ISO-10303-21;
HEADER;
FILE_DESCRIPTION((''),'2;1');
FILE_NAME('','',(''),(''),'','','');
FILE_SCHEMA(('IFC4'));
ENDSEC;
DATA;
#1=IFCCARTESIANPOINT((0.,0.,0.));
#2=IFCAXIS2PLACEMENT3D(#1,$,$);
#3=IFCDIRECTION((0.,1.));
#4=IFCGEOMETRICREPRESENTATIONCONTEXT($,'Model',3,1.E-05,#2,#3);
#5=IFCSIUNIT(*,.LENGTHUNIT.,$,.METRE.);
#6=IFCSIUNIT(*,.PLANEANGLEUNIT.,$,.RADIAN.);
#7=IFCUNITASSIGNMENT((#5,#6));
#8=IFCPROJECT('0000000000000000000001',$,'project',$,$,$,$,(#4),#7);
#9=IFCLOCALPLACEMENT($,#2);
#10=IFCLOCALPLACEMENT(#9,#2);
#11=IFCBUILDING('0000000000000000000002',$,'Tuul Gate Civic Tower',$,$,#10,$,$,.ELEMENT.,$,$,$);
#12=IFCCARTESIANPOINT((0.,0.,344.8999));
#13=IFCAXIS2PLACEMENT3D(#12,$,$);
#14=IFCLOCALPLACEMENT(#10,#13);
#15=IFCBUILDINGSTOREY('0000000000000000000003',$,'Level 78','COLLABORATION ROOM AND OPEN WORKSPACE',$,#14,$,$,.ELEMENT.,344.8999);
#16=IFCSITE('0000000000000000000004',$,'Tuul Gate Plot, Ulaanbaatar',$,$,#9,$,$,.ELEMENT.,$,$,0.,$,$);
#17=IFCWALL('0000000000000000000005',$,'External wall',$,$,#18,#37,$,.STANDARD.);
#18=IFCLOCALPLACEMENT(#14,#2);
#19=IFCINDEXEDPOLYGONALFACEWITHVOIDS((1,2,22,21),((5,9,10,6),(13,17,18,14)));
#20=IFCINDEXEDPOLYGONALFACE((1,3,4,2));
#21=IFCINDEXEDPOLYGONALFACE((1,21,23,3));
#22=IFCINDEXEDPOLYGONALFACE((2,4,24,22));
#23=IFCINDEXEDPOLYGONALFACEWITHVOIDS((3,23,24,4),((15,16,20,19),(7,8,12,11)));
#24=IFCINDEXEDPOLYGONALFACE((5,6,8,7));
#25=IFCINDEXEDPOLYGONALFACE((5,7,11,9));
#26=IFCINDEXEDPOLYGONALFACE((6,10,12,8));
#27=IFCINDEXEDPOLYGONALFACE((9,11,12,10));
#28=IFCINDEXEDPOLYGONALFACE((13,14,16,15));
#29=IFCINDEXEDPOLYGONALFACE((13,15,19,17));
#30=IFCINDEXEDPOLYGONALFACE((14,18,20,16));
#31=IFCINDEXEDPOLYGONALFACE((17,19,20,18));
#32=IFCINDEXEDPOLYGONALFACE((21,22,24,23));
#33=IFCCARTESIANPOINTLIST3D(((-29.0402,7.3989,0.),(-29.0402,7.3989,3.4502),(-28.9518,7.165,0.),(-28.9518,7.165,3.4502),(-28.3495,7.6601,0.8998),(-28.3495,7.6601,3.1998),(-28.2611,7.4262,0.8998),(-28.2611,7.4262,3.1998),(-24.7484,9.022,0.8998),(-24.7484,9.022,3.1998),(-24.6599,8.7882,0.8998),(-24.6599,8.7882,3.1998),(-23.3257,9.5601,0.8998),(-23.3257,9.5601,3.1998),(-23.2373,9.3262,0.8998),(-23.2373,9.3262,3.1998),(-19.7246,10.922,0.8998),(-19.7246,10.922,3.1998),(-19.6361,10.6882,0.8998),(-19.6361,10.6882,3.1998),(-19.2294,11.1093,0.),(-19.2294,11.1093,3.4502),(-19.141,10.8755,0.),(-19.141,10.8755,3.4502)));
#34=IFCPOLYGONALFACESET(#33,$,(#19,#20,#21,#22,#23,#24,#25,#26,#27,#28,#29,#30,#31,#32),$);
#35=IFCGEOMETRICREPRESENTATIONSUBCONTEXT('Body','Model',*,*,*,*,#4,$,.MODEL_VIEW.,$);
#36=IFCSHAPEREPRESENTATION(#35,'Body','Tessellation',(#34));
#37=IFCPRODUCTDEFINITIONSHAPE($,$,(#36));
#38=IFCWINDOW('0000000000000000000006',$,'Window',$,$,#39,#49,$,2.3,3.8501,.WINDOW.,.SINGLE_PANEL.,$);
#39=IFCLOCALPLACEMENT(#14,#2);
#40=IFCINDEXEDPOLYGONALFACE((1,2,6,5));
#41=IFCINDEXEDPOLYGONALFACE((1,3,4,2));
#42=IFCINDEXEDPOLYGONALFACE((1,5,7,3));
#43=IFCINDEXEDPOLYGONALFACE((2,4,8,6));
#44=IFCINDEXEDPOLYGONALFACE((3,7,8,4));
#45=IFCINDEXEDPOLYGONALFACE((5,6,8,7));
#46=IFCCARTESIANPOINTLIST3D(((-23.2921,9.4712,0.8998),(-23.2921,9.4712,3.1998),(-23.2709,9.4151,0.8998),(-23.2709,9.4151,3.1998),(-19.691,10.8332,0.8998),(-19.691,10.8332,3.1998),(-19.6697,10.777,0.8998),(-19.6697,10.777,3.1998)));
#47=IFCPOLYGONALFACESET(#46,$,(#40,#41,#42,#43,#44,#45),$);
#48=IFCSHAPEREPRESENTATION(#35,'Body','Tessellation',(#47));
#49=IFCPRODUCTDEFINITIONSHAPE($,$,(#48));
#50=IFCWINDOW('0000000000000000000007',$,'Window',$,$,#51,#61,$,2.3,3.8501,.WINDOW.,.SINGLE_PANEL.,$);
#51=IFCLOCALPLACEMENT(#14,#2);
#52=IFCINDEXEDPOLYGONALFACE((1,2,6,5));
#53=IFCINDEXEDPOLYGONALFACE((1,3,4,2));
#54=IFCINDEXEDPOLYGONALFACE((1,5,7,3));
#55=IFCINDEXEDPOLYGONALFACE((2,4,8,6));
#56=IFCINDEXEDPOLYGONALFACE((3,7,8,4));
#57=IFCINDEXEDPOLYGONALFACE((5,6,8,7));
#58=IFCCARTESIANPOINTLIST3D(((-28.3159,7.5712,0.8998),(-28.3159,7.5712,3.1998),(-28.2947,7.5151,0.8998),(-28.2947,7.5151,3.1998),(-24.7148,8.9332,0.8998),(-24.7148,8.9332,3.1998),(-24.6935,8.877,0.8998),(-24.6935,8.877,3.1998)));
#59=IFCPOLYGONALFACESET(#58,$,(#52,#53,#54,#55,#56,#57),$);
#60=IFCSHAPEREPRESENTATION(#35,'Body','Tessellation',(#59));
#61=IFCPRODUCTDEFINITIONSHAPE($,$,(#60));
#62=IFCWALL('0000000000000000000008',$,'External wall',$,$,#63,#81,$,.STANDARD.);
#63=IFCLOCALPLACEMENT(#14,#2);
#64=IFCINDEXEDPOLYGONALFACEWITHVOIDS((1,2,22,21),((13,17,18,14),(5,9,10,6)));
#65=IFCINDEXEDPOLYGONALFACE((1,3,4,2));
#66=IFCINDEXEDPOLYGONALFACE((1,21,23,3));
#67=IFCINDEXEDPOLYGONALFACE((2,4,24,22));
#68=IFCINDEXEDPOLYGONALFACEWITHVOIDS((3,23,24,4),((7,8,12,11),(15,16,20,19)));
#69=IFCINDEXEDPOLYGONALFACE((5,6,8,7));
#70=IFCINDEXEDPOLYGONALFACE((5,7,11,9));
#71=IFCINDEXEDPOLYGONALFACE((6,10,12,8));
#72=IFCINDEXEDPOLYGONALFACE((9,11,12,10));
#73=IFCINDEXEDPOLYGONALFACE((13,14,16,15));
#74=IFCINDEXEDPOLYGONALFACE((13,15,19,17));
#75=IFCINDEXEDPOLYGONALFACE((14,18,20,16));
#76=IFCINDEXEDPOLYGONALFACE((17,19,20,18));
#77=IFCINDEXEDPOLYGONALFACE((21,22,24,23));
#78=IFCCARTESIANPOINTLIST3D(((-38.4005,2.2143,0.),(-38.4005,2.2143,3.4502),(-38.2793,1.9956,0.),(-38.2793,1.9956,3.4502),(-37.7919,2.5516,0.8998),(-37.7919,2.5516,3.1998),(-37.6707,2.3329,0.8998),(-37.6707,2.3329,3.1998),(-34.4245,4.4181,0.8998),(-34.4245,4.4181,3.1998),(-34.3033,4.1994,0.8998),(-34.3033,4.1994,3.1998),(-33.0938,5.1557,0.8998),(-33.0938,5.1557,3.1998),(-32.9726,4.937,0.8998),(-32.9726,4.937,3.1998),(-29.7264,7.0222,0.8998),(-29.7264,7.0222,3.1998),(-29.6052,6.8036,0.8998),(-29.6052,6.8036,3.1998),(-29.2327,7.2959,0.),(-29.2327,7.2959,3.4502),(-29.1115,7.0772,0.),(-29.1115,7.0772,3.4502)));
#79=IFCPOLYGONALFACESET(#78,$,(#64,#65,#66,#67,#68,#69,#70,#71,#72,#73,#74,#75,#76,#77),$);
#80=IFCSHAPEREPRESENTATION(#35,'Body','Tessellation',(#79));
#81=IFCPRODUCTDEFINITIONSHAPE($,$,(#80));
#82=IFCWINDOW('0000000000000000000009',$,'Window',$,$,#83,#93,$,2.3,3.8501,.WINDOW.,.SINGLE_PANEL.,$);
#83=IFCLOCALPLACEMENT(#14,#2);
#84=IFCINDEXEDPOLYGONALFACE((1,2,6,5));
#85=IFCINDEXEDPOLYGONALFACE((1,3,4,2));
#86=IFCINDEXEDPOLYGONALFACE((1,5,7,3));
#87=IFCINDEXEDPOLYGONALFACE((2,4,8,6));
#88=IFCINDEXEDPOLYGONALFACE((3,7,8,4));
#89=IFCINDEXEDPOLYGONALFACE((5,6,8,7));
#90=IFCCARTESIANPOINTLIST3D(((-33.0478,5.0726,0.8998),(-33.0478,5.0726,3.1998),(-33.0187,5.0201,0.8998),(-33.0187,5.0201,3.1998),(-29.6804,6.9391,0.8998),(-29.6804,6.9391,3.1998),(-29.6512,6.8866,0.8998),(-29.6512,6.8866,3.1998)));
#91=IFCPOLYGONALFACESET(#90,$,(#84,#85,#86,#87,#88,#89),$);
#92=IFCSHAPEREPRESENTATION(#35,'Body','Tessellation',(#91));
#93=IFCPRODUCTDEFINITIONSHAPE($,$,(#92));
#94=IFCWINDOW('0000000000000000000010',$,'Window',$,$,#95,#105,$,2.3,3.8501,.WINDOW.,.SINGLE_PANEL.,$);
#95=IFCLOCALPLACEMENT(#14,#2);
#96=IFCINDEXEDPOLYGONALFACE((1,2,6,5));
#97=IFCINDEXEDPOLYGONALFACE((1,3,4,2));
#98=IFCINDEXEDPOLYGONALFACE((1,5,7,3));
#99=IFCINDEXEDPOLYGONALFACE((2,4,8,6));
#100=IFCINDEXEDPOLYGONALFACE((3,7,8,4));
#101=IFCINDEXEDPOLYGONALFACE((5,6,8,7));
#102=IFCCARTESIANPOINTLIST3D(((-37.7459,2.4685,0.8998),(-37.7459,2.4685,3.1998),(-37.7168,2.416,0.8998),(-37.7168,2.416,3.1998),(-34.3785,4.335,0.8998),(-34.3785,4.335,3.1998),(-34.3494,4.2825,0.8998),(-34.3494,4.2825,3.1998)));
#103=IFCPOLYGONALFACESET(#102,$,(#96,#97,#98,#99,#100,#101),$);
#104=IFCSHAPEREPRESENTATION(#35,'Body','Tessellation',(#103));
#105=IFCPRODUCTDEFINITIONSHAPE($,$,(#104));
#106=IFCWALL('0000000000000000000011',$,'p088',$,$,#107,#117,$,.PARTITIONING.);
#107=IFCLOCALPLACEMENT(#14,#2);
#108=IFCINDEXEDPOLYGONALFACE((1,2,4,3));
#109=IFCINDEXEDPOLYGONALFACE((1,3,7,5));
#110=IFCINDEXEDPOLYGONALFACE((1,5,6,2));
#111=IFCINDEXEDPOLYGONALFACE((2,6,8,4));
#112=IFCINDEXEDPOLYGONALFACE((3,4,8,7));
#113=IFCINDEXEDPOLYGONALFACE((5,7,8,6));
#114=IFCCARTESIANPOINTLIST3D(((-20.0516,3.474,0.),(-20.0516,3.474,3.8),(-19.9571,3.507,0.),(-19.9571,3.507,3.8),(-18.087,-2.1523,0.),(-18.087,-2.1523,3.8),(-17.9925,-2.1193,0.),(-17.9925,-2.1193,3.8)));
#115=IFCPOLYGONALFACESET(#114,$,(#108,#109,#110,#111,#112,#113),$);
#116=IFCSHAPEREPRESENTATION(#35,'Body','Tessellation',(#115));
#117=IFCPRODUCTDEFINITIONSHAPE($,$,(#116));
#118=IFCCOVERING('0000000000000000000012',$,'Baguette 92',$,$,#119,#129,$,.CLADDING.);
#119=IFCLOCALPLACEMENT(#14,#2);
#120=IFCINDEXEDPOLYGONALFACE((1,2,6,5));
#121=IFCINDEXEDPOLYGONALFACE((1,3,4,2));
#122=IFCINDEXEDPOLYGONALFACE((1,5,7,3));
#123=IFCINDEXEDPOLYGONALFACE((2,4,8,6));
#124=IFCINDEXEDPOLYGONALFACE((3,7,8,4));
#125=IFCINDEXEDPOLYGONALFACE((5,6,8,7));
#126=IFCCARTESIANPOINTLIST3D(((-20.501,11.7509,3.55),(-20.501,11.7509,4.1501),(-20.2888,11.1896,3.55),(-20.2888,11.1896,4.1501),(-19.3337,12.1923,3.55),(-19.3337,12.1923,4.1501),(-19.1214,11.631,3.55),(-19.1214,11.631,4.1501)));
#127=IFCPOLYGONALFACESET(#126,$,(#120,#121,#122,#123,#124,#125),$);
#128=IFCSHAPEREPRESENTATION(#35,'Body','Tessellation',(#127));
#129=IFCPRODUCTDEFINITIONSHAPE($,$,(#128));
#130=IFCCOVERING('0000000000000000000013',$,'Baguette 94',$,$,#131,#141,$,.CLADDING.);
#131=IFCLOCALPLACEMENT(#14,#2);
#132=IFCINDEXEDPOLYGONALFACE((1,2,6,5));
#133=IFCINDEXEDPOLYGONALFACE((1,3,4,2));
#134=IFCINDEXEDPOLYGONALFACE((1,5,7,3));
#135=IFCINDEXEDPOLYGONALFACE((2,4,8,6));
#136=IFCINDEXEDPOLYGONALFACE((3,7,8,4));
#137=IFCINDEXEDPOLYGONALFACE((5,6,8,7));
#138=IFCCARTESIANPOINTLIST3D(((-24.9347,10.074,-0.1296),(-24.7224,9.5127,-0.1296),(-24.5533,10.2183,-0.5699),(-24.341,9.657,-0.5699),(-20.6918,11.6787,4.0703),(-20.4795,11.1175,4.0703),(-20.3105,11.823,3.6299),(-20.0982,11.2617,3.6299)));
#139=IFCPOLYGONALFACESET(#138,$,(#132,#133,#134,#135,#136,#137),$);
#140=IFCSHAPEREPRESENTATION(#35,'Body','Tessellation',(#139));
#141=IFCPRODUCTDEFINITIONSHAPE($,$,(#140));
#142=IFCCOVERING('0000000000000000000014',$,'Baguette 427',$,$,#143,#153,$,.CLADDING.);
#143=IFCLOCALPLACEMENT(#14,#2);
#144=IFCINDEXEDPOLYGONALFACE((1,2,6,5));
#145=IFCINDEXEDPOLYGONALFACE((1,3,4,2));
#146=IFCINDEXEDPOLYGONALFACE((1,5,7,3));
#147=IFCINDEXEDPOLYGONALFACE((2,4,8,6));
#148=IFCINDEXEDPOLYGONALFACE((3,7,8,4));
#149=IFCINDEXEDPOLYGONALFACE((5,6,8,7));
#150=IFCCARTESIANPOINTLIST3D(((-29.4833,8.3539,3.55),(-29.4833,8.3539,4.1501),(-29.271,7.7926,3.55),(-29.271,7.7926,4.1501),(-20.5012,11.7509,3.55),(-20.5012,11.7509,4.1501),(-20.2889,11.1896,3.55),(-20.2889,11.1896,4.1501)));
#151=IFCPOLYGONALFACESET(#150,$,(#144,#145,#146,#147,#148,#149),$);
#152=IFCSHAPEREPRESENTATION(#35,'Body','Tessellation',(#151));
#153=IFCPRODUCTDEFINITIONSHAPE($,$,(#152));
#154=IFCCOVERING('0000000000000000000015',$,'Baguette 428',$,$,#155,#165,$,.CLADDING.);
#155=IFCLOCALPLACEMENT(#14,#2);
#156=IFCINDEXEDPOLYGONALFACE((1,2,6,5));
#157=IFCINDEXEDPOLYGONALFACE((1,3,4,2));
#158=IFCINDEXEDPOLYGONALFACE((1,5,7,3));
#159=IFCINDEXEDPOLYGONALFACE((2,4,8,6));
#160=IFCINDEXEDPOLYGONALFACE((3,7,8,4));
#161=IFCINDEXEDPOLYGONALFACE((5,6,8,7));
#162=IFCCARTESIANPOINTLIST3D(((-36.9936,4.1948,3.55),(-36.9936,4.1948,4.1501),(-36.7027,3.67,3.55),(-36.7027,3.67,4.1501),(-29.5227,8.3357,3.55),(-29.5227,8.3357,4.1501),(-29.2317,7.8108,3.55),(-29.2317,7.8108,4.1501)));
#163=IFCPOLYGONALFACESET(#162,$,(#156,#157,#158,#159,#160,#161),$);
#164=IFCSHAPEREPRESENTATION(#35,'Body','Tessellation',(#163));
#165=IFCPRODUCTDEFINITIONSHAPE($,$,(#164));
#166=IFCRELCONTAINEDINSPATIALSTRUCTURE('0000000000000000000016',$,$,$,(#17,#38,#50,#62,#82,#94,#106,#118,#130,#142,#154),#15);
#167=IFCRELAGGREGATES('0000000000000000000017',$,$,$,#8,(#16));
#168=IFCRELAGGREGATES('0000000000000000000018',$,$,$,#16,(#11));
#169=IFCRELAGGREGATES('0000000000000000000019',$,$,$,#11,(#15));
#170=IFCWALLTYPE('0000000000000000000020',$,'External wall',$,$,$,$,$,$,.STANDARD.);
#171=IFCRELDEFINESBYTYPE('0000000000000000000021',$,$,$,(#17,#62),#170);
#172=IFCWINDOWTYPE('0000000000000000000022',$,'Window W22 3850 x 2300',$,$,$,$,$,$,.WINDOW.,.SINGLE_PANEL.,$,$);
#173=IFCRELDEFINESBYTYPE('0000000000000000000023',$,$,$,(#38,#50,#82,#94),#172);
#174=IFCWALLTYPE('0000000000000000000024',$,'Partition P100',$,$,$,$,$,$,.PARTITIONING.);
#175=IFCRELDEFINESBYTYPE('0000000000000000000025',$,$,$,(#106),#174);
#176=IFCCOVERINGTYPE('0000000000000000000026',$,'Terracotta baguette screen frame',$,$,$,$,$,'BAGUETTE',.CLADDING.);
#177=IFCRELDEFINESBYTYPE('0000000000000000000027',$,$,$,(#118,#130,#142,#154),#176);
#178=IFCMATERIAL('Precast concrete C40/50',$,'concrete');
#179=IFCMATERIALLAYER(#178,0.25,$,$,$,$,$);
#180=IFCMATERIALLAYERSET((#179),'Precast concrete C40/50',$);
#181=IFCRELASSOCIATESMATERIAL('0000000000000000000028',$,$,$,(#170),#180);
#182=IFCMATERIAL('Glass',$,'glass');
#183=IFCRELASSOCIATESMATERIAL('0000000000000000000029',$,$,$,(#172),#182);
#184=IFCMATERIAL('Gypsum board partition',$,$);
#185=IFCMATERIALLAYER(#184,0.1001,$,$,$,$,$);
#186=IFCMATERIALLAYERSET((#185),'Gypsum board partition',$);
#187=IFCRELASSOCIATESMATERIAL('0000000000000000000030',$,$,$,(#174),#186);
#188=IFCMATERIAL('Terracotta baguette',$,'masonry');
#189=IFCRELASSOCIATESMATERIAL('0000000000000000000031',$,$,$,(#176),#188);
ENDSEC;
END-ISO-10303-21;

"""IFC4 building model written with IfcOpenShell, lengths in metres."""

from ifc_helpers import new_model, si_unit, direction, frame, frame_2d, origin, origin_2d, place, context, subcontext, project, spatial, rectangle, extrude, material, layer, layer_set, material_profile, profile_set, type_object, element, fill, save


model = new_model("IFC4")

# Units and contexts
model_context = context("Model", 3, precision=1e-05, world=origin(), true_north=direction((0.0, 1.0)))
body_context = subcontext(model_context, "Body", "Model", "MODEL_VIEW")
ifc_project = project(units=[si_unit("LENGTHUNIT", "METRE"), si_unit("PLANEANGLEUNIT", "RADIAN")], contexts=[model_context])

# Site, building, storey
site_placement = place(None, origin())
site = spatial("IfcSite", under=ifc_project, at=site_placement, Name="Tuul Gate Plot, Ulaanbaatar", CompositionType="ELEMENT", RefElevation=0.0)
building_placement = place(site_placement, origin())
building = spatial("IfcBuilding", under=site, at=building_placement, Name="Tuul Gate Civic Tower", CompositionType="ELEMENT")
storey_placement = place(building_placement, frame((0.0, 0.0, 344.8999)))
storey = spatial("IfcBuildingStorey", under=building, at=storey_placement, Name="Level 78", Description="COLLABORATION ROOM AND OPEN WORKSPACE", CompositionType="ELEMENT", Elevation=344.8999)

# Walls, openings, windows
ifc_material_1 = material(Name="Precast concrete C40/50", Category="concrete")
ifc_layer_1 = layer(ifc_material_1, 0.25)
ifc_layer_set_1 = layer_set([ifc_layer_1], Name="Precast concrete C40/50")
wall_type_1 = type_object("IfcWallType", Name="External wall", PredefinedType="STANDARD", material=ifc_layer_set_1)
wall_1_placement = place(storey_placement, frame((-19.1851, 10.9924, 0.0), z_axis=(0.0, 0.0, 1.0), x_axis=(-0.935341, -0.353747, 0.0)))
wall_1 = element("IfcWall", 1, at=wall_1_placement, inside=storey, type_object=wall_type_1, Name="External wall", PredefinedType="STANDARD", context=body_context, shape_type="SweptSolid", body=[
    extrude(rectangle(XDim=10.489, YDim=0.25, at=frame_2d((5.2446, 0.0))), origin(), (0.0, 0.0, 1.0), 3.4502),
])
opening_1_placement = place(wall_1_placement, frame((0.5295, 0.0, 0.8999)))
opening_1 = element("IfcOpeningElement", 2, at=opening_1_placement, cuts=wall_1, PredefinedType="OPENING", context=body_context, shape_type="SweptSolid", body=[
    extrude(rectangle(XDim=3.8501, YDim=2.3, at=frame_2d((1.925, 1.1499))), frame((0.0, 0.135, 0.0), z_axis=(0.0, -1.0, 0.0), x_axis=(1.0, 0.0, 0.0)), (0.0, 0.0, 1.0), 0.27),
])
opening_2_placement = place(wall_1_placement, frame((5.9006, 0.0, 0.8999)))
opening_2 = element("IfcOpeningElement", 3, at=opening_2_placement, cuts=wall_1, PredefinedType="OPENING", context=body_context, shape_type="SweptSolid", body=[
    extrude(rectangle(XDim=3.8501, YDim=2.3, at=frame_2d((1.925, 1.1499))), frame((0.0, 0.135, 0.0), z_axis=(0.0, -1.0, 0.0), x_axis=(1.0, 0.0, 0.0)), (0.0, 0.0, 1.0), 0.27),
])
ifc_material_2 = material(Name="Glass", Category="glass")
window_type = type_object("IfcWindowType", Name="Window W22 3850 x 2300", PartitioningType="SINGLE_PANEL", PredefinedType="WINDOW", material=ifc_material_2)
window_1_placement = place(opening_1_placement, origin())
window_1 = element("IfcWindow", 4, at=window_1_placement, inside=storey, type_object=window_type, Name="Window", OverallHeight=2.3, OverallWidth=3.8501, PartitioningType="SINGLE_PANEL", PredefinedType="WINDOW", context=body_context, shape_type="SweptSolid", body=[
    extrude(rectangle(XDim=3.8501, YDim=2.3, at=frame_2d((1.925, 1.1499))), frame((0.0, 0.03, 0.0), z_axis=(0.0, -1.0, 0.0), x_axis=(1.0, 0.0, 0.0)), (0.0, 0.0, 1.0), 0.0601),
])
fill(opening_1, window_1)
window_2_placement = place(opening_2_placement, origin())
window_2 = element("IfcWindow", 5, at=window_2_placement, inside=storey, type_object=window_type, Name="Window", OverallHeight=2.3, OverallWidth=3.8501, PartitioningType="SINGLE_PANEL", PredefinedType="WINDOW", context=body_context, shape_type="SweptSolid", body=[
    extrude(rectangle(XDim=3.8501, YDim=2.3, at=frame_2d((1.925, 1.1499))), frame((0.0, 0.03, 0.0), z_axis=(0.0, -1.0, 0.0), x_axis=(1.0, 0.0, 0.0)), (0.0, 0.0, 1.0), 0.0601),
])
fill(opening_2, window_2)
wall_2_placement = place(storey_placement, frame((-29.1721, 7.1865, 0.0), z_axis=(0.0, 0.0, 1.0), x_axis=(-0.874628, -0.484794, 0.0)))
wall_2 = element("IfcWall", 6, at=wall_2_placement, inside=storey, type_object=wall_type_1, Name="External wall", PredefinedType="STANDARD", context=body_context, shape_type="SweptSolid", body=[
    extrude(rectangle(XDim=10.4819, YDim=0.25, at=frame_2d((5.241, 0.0))), origin(), (0.0, 0.0, 1.0), 3.4502),
])
opening_3_placement = place(wall_2_placement, frame((0.5645, 0.0, 0.8999)))
opening_3 = element("IfcOpeningElement", 7, at=opening_3_placement, cuts=wall_2, PredefinedType="OPENING", context=body_context, shape_type="SweptSolid", body=[
    extrude(rectangle(XDim=3.8501, YDim=2.3, at=frame_2d((1.925, 1.1499))), frame((0.0, 0.135, 0.0), z_axis=(0.0, -1.0, 0.0), x_axis=(1.0, 0.0, 0.0)), (0.0, 0.0, 1.0), 0.27),
])
opening_4_placement = place(wall_2_placement, frame((5.936, 0.0, 0.8999)))
opening_4 = element("IfcOpeningElement", 8, at=opening_4_placement, cuts=wall_2, PredefinedType="OPENING", context=body_context, shape_type="SweptSolid", body=[
    extrude(rectangle(XDim=3.8501, YDim=2.3, at=frame_2d((1.925, 1.1499))), frame((0.0, 0.135, 0.0), z_axis=(0.0, -1.0, 0.0), x_axis=(1.0, 0.0, 0.0)), (0.0, 0.0, 1.0), 0.27),
])
window_3_placement = place(opening_3_placement, origin())
window_3 = element("IfcWindow", 9, at=window_3_placement, inside=storey, type_object=window_type, Name="Window", OverallHeight=2.3, OverallWidth=3.8501, PartitioningType="SINGLE_PANEL", PredefinedType="WINDOW", context=body_context, shape_type="SweptSolid", body=[
    extrude(rectangle(XDim=3.8501, YDim=2.3, at=frame_2d((1.925, 1.1499))), frame((0.0, 0.03, 0.0), z_axis=(0.0, -1.0, 0.0), x_axis=(1.0, 0.0, 0.0)), (0.0, 0.0, 1.0), 0.0601),
])
fill(opening_3, window_3)
window_4_placement = place(opening_4_placement, origin())
window_4 = element("IfcWindow", 10, at=window_4_placement, inside=storey, type_object=window_type, Name="Window", OverallHeight=2.3, OverallWidth=3.8501, PartitioningType="SINGLE_PANEL", PredefinedType="WINDOW", context=body_context, shape_type="SweptSolid", body=[
    extrude(rectangle(XDim=3.8501, YDim=2.3, at=frame_2d((1.925, 1.1499))), frame((0.0, 0.03, 0.0), z_axis=(0.0, -1.0, 0.0), x_axis=(1.0, 0.0, 0.0)), (0.0, 0.0, 1.0), 0.0601),
])
fill(opening_4, window_4)

# Wall
ifc_material_3 = material(Name="Gypsum board partition")
ifc_layer_2 = layer(ifc_material_3, 0.1001)
ifc_layer_set_2 = layer_set([ifc_layer_2], Name="Gypsum board partition")
wall_type_2 = type_object("IfcWallType", Name="Partition P100", PredefinedType="PARTITIONING", material=ifc_layer_set_2)
wall_3_placement = place(storey_placement, frame((-20.0044, 3.4905, 0.0), z_axis=(0.0, 0.0, 1.0), x_axis=(0.329666, -0.944098, 0.0)))
element("IfcWall", 11, at=wall_3_placement, inside=storey, type_object=wall_type_2, Name="p088", PredefinedType="PARTITIONING", context=body_context, shape_type="SweptSolid", body=[
    extrude(rectangle(XDim=5.9595, YDim=0.1001, at=frame_2d((2.9797, 0.0))), origin(), (0.0, 0.0, 1.0), 3.8),
])

# Coverings
ifc_material_4 = material(Name="Terracotta baguette", Category="masonry")
ifc_material_profile_1 = material_profile(ifc_material_4, rectangle(XDim=0.6001, YDim=0.6001, at=origin_2d()), Name="Terracotta baguette screen frame")
ifc_profile_set_1 = profile_set([ifc_material_profile_1], Name="Terracotta baguette")
covering_type = type_object("IfcCoveringType", Name="Terracotta baguette screen frame", ElementType="BAGUETTE", PredefinedType="CLADDING", material=ifc_profile_set_1)
covering_1_placement = place(storey_placement, frame((-19.2275, 11.9116, 3.8501), z_axis=(-0.935377, -0.353652, 0.0), x_axis=(0.353652, -0.935377, 0.0)))
element("IfcCovering", 12, at=covering_1_placement, inside=storey, type_object=covering_type, Name="Baguette 92", PredefinedType="CLADDING", context=body_context, shape_type="SweptSolid", body=[
    extrude(rectangle(XDim=0.6001, YDim=0.6001, at=origin_2d()), origin(), (0.0, 0.0, 1.0), 1.248),
])
covering_2_placement = place(storey_placement, frame((-20.395, 11.4702, 3.8501), z_axis=(-0.686334, -0.259582, -0.679384), x_axis=(0.353758, -0.935337, 0.0)))
element("IfcCovering", 13, at=covering_2_placement, inside=storey, type_object=covering_type, Name="Baguette 94", PredefinedType="CLADDING", context=body_context, shape_type="SweptSolid", body=[
    extrude(rectangle(XDim=0.6001, YDim=0.6001, at=origin_2d()), origin(), (0.0, 0.0, 1.0), 6.1819),
])
covering_3_placement = place(storey_placement, frame((-20.395, 11.4702, 3.8501), z_axis=(-0.935344, -0.353738, 0.0), x_axis=(0.353738, -0.935344, 0.0)))
element("IfcCovering", 14, at=covering_3_placement, inside=storey, type_object=covering_type, Name="Baguette 427", PredefinedType="CLADDING", context=body_context, shape_type="SweptSolid", body=[
    extrude(rectangle(XDim=0.6001, YDim=0.6001, at=origin_2d()), origin(), (0.0, 0.0, 1.0), 9.603),
])
covering_4_placement = place(storey_placement, frame((-29.3772, 8.0732, 3.8501), z_axis=(-0.874637, -0.484779, 0.0), x_axis=(0.484779, -0.874637, 0.0)))
element("IfcCovering", 15, at=covering_4_placement, inside=storey, type_object=covering_type, Name="Baguette 428", PredefinedType="CLADDING", context=body_context, shape_type="SweptSolid", body=[
    extrude(rectangle(XDim=0.6001, YDim=0.6001, at=origin_2d()), origin(), (0.0, 0.0, 1.0), 8.5417),
])

save(model, "model.ifc")
